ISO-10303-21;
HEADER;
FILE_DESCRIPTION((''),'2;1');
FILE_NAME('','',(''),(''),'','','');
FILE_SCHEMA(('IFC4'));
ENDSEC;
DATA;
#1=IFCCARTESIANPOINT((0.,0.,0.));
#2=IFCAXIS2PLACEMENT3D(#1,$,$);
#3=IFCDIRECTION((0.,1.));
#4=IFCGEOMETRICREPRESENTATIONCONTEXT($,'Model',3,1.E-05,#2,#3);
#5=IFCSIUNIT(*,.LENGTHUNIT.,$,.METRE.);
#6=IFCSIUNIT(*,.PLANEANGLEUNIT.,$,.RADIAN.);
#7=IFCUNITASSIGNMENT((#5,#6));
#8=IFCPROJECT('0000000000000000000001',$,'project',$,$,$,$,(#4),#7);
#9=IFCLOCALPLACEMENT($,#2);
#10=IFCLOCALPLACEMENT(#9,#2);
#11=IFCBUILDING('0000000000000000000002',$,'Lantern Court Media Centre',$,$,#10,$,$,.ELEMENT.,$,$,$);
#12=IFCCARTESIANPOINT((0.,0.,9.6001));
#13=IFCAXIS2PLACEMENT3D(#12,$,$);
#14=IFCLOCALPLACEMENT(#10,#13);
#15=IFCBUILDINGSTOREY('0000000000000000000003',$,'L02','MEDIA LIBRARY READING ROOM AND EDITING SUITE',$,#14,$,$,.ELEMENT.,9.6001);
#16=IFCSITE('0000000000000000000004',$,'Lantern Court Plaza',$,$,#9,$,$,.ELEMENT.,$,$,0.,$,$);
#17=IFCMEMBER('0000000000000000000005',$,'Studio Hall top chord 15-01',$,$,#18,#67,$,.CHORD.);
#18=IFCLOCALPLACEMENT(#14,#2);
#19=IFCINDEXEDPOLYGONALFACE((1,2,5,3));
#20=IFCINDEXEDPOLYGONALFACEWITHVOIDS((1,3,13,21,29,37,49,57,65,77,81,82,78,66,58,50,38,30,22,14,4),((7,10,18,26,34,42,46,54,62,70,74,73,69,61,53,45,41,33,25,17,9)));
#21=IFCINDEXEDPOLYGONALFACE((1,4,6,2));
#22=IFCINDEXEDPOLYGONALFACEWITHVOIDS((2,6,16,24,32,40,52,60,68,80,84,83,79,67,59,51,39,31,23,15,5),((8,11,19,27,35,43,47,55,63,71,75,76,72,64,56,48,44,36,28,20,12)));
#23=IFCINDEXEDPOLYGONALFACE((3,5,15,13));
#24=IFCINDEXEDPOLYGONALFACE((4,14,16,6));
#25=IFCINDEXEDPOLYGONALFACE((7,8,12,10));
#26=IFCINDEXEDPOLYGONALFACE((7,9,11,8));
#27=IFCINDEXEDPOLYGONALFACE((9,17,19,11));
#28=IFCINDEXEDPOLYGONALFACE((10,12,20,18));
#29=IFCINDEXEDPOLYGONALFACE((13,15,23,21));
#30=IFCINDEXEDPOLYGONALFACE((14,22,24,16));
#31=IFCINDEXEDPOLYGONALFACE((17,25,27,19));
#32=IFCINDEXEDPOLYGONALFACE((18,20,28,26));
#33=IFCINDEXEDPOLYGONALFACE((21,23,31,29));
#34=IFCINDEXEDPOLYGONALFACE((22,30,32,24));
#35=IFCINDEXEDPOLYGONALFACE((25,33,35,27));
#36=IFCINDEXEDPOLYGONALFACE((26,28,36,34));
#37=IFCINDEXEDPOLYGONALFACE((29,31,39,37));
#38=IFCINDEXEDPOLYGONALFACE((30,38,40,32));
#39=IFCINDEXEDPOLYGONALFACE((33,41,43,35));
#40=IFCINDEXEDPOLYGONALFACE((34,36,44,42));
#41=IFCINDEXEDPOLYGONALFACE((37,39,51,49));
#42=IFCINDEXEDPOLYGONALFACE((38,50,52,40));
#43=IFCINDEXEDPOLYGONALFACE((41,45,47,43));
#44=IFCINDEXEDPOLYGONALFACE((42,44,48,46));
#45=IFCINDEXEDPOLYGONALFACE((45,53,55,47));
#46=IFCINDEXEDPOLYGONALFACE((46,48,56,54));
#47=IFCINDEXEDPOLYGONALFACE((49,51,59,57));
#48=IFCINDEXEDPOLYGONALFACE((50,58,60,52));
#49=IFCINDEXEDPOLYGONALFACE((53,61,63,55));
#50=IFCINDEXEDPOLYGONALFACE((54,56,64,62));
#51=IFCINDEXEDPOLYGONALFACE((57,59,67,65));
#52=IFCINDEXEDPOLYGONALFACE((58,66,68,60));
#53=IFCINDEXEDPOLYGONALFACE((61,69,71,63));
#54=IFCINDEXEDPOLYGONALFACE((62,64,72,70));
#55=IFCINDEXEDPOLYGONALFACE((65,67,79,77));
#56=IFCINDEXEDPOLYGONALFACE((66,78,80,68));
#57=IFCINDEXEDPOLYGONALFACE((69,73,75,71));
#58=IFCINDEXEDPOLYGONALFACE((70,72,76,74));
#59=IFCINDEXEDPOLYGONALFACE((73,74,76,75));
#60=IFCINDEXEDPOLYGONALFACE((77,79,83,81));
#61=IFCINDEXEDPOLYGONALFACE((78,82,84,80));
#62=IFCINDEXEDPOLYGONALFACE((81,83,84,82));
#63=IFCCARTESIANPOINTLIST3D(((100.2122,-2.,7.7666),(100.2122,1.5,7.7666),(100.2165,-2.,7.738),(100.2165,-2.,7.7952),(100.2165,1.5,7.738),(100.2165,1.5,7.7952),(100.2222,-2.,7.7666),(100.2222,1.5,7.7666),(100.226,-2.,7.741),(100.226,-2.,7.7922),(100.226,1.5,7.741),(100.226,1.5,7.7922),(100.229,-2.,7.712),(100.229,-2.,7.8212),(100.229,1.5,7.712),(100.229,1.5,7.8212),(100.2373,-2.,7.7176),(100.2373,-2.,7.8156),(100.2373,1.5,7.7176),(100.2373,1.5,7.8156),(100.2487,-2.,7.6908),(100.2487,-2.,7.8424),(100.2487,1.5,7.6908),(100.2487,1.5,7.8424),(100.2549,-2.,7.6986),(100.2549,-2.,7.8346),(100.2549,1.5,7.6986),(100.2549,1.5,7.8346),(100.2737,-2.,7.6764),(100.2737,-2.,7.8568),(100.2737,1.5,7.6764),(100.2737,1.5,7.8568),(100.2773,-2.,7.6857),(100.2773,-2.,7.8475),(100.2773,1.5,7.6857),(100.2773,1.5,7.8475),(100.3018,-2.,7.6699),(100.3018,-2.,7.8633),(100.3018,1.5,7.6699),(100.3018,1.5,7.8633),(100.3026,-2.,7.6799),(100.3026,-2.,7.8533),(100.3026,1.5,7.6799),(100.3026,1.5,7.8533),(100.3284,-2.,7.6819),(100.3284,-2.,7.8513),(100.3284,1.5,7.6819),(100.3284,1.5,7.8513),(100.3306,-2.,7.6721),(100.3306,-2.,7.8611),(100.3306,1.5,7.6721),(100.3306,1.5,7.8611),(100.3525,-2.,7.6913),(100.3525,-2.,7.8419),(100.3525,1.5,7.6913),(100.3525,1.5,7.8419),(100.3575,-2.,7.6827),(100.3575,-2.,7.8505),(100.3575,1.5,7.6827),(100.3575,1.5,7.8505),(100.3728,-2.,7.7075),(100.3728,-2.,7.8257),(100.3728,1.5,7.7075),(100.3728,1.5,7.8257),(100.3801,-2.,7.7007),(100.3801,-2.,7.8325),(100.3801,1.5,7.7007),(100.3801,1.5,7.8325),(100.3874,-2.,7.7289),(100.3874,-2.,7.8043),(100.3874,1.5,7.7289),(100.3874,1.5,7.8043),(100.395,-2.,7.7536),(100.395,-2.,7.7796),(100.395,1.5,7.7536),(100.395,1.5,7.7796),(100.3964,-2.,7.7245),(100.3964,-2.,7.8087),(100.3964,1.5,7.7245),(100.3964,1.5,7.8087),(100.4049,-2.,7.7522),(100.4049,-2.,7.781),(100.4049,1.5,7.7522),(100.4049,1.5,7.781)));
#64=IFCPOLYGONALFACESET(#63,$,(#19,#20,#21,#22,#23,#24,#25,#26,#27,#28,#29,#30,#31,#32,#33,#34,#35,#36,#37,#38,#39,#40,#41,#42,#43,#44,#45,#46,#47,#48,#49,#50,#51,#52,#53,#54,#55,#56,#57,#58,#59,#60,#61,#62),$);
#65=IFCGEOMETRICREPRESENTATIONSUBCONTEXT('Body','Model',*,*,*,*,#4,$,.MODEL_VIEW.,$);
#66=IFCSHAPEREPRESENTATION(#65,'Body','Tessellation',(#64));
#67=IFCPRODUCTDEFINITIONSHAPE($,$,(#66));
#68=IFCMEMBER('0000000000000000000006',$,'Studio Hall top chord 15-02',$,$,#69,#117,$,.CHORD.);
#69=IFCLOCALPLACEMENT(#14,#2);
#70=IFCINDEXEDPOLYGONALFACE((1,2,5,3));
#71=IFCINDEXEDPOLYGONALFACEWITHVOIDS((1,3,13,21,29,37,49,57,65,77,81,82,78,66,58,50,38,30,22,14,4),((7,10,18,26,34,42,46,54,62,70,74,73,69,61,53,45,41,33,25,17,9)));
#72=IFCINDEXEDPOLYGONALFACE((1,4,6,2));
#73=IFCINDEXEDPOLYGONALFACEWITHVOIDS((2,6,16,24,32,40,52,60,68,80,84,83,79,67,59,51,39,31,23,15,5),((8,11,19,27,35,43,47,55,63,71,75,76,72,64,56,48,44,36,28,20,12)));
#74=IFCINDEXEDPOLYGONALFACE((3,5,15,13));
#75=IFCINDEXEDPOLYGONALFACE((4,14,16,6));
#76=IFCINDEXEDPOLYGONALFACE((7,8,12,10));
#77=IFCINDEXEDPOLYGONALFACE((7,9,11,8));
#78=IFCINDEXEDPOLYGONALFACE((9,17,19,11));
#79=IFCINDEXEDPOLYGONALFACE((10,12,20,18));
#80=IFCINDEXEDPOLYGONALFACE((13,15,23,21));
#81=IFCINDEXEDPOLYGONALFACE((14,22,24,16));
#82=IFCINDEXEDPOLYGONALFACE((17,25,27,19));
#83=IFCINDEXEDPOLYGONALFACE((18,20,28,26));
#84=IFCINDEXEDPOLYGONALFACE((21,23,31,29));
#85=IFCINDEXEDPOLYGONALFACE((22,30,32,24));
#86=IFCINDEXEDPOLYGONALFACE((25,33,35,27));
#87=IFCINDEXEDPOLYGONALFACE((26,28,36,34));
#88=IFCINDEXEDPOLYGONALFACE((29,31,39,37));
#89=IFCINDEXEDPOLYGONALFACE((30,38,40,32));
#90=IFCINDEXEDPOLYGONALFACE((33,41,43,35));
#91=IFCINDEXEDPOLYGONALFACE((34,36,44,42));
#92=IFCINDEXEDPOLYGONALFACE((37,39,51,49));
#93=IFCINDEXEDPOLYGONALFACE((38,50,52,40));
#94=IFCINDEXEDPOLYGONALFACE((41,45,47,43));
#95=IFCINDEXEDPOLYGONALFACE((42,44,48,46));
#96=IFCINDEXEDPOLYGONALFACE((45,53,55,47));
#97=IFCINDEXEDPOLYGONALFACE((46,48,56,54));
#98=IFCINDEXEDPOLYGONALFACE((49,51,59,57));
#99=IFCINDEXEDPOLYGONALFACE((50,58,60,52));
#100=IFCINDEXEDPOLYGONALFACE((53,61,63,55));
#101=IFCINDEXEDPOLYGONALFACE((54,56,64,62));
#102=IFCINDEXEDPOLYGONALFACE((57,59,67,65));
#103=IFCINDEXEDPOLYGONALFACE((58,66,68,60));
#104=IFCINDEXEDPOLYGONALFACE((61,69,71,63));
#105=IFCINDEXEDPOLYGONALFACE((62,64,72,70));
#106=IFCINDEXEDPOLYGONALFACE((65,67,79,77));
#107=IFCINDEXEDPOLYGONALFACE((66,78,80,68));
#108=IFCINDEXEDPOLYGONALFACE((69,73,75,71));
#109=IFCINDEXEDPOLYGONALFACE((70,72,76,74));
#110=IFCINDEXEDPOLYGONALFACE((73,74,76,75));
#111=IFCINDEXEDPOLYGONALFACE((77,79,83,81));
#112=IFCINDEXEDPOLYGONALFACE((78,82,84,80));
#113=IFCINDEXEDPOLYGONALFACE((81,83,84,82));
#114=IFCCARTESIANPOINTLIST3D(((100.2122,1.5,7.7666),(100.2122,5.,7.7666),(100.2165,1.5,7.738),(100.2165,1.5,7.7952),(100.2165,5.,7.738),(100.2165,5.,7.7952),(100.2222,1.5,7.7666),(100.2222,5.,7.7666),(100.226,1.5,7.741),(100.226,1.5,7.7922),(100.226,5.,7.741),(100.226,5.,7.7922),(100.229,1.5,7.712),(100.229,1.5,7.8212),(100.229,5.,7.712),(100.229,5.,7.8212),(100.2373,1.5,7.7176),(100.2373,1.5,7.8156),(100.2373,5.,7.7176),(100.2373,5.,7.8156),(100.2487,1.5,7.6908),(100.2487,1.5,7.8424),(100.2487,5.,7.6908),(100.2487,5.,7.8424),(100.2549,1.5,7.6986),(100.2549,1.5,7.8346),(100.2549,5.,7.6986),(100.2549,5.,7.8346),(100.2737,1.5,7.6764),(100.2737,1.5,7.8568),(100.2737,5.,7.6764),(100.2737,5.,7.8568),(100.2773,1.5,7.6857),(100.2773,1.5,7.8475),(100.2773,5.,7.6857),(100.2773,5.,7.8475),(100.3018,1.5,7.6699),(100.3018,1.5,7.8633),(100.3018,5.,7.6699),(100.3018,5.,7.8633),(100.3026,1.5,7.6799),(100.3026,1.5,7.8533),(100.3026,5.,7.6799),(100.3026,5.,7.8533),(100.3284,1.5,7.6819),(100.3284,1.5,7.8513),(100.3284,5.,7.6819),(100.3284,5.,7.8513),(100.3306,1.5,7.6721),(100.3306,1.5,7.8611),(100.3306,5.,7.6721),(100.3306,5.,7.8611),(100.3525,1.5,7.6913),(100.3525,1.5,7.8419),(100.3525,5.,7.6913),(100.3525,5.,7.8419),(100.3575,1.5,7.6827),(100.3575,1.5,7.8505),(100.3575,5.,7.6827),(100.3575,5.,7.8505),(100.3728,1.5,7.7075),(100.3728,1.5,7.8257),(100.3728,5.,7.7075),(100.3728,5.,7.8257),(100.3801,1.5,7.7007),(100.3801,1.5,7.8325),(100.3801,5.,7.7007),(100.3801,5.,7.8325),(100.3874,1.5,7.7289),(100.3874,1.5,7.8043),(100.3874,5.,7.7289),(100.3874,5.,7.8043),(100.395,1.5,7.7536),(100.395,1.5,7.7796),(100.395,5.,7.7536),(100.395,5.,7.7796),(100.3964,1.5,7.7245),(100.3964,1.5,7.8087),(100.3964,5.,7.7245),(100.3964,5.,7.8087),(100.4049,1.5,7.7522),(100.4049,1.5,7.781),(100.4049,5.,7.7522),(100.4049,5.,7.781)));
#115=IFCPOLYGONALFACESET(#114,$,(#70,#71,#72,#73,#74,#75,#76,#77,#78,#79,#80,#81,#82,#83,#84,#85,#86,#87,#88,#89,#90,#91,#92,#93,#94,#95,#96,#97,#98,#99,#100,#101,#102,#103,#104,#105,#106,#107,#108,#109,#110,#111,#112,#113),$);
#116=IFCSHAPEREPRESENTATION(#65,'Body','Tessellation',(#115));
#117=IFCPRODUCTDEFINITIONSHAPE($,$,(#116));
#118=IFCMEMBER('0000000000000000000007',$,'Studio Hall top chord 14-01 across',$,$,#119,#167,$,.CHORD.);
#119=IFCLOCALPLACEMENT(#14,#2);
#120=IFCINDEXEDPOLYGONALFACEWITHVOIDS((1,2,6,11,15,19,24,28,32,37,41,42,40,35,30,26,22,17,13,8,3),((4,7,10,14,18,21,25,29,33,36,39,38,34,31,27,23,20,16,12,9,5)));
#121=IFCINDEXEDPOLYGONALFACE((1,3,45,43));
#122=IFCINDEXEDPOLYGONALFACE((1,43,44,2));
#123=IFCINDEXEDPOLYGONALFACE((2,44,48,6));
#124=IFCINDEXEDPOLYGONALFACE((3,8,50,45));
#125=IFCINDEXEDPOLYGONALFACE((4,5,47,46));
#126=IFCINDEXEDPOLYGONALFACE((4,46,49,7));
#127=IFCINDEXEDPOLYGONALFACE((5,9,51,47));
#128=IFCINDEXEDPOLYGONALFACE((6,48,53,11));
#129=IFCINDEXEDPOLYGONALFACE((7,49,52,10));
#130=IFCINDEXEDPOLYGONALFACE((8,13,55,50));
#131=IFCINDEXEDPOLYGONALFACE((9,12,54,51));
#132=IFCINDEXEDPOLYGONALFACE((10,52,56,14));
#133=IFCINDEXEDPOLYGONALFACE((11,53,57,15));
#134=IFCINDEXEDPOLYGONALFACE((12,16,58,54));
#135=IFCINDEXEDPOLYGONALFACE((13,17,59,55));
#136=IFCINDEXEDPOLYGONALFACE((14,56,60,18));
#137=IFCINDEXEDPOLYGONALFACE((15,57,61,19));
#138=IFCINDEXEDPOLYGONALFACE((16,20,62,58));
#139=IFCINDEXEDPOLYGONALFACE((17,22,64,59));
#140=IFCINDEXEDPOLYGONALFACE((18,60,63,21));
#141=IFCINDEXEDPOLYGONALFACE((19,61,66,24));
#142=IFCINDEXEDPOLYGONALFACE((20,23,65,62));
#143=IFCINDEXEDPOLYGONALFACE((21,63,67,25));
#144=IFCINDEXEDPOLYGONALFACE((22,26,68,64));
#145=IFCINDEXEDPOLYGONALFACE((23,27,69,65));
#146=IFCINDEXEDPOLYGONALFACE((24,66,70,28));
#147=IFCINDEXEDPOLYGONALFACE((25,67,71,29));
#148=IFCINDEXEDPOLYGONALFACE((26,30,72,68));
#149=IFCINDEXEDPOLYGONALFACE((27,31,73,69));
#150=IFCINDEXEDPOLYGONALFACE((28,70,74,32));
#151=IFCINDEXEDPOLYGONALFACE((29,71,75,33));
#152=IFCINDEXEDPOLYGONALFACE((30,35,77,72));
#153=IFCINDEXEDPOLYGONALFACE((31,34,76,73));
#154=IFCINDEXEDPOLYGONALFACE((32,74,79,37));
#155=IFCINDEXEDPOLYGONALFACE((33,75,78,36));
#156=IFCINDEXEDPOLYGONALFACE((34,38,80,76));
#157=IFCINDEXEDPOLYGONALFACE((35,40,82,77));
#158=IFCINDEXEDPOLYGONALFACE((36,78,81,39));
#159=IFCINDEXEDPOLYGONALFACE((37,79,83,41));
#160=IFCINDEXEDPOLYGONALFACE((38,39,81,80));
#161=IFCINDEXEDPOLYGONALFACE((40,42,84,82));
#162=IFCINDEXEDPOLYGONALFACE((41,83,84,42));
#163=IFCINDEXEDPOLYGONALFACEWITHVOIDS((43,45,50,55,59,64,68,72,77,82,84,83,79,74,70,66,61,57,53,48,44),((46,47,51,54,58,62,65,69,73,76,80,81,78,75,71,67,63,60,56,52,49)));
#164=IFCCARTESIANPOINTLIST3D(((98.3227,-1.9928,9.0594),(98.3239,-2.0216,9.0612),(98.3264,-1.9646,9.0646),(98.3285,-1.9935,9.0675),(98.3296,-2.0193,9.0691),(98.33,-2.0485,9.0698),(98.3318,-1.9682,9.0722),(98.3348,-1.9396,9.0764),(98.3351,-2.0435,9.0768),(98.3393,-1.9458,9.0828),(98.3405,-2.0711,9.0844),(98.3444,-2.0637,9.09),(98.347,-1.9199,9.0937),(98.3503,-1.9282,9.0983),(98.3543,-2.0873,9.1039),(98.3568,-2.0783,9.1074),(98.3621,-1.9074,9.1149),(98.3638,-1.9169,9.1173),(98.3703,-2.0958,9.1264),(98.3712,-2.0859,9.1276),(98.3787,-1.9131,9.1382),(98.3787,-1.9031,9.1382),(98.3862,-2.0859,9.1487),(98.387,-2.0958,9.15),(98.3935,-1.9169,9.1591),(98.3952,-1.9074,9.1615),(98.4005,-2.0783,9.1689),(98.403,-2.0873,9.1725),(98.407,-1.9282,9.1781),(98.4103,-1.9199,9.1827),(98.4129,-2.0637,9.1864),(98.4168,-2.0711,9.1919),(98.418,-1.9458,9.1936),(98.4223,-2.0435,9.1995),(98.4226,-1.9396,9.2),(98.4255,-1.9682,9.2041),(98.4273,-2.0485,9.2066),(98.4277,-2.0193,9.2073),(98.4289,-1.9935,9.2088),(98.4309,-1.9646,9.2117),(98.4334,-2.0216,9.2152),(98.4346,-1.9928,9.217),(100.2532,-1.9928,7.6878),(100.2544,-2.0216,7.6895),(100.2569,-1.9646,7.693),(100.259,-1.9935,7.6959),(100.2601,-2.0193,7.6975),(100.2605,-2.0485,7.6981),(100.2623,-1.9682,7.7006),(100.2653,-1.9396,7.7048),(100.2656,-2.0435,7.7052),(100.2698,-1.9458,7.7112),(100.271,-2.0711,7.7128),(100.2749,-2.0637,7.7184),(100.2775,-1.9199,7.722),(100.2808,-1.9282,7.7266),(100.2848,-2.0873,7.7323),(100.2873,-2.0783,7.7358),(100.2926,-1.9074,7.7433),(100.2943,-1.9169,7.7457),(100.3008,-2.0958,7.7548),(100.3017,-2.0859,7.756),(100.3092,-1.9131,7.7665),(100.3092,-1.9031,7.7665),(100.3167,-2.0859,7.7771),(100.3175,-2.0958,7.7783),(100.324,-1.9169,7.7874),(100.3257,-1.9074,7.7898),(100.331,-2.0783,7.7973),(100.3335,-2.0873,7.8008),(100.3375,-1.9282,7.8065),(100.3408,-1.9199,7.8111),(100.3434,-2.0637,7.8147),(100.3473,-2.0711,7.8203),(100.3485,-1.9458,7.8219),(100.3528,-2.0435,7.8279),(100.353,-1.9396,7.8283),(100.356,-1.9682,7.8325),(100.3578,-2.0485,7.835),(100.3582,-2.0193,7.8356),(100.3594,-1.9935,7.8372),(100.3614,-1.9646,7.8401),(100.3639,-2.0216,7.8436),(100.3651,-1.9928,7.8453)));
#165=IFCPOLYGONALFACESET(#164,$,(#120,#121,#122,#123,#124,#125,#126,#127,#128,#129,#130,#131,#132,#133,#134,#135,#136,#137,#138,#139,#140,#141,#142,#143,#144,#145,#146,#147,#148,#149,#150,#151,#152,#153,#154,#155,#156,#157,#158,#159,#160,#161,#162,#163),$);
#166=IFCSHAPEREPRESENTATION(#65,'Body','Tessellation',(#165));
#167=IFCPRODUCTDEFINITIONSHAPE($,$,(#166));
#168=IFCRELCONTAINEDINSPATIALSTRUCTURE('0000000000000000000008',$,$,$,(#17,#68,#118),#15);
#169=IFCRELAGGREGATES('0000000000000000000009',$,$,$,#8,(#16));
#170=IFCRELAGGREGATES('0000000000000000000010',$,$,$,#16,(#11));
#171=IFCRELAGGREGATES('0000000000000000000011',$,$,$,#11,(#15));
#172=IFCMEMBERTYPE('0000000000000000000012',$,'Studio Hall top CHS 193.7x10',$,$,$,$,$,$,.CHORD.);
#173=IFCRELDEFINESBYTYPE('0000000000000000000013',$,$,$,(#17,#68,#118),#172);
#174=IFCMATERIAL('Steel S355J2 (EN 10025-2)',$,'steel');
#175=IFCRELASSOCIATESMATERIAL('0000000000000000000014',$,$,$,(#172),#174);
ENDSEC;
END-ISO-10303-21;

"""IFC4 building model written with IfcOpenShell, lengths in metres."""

from ifc_helpers import new_model, si_unit, direction, frame, origin, origin_2d, place, context, subcontext, project, spatial, hollow_circle, extrude, material, material_profile, profile_set, type_object, element, save


model = new_model("IFC4")

# Units and contexts
model_context = context("Model", 3, precision=1e-05, world=origin(), true_north=direction((0.0, 1.0)))
body_context = subcontext(model_context, "Body", "Model", "MODEL_VIEW")
ifc_project = project(units=[si_unit("LENGTHUNIT", "METRE"), si_unit("PLANEANGLEUNIT", "RADIAN")], contexts=[model_context])

# Site, building, storey
site_placement = place(None, origin())
site = spatial("IfcSite", under=ifc_project, at=site_placement, Name="Lantern Court Plaza", CompositionType="ELEMENT", RefElevation=0.0)
building_placement = place(site_placement, origin())
building = spatial("IfcBuilding", under=site, at=building_placement, Name="Lantern Court Media Centre", CompositionType="ELEMENT")
storey_placement = place(building_placement, frame((0.0, 0.0, 9.6001)))
storey = spatial("IfcBuildingStorey", under=building, at=storey_placement, Name="L02", Description="MEDIA LIBRARY READING ROOM AND EDITING SUITE", CompositionType="ELEMENT", Elevation=9.6001)

# Members
ifc_material = material(Name="Steel S355J2 (EN 10025-2)", Category="steel")
ifc_material_profile_1 = material_profile(ifc_material, hollow_circle(Radius=0.0969, WallThickness=0.01, at=origin_2d()), Name="Studio Hall top CHS 193.7x10")
ifc_profile_set_1 = profile_set([ifc_material_profile_1], Name="Steel S355J2 (EN 10025-2)")
member_type_1 = type_object("IfcMemberType", Name="Studio Hall top CHS 193.7x10", PredefinedType="CHORD", material=ifc_profile_set_1)
for number, where, z_axis, x_axis, name in (
    (1, (100.3091, -2.0, 7.7666), (0.0, 1.0, 0.0), (-1.0, 0.0, 0.0), "Studio Hall top chord 15-01"),
    (2, (100.3091, 1.5, 7.7666), (0.0, 1.0, 0.0), (-1.0, 0.0, 0.0), "Studio Hall top chord 15-02"),
):
    element("IfcMember", number, at=place(storey_placement, frame(where, z_axis=z_axis, x_axis=x_axis)), inside=storey, type_object=member_type_1, Name=name, PredefinedType="CHORD", context=body_context, shape_type="SweptSolid", body=[
        extrude(hollow_circle(Radius=0.0969, WallThickness=0.01, at=origin_2d()), origin(), (0.0, 0.0, 1.0), 3.5),
    ])
for number, where, z_axis, x_axis, name in (
    (3, (98.3787, -2.0, 9.1382), (0.815187, 0.0, -0.579198), (0.0, 1.0, 0.0), "Studio Hall top chord 14-01 across"),
):
    element("IfcMember", number, at=place(storey_placement, frame(where, z_axis=z_axis, x_axis=x_axis)), inside=storey, type_object=member_type_1, Name=name, PredefinedType="CHORD", context=body_context, shape_type="SweptSolid", body=[
        extrude(hollow_circle(Radius=0.0969, WallThickness=0.01, at=origin_2d()), origin(), (0.0, 0.0, 1.0), 2.3682),
    ])

save(model, "model.ifc")
